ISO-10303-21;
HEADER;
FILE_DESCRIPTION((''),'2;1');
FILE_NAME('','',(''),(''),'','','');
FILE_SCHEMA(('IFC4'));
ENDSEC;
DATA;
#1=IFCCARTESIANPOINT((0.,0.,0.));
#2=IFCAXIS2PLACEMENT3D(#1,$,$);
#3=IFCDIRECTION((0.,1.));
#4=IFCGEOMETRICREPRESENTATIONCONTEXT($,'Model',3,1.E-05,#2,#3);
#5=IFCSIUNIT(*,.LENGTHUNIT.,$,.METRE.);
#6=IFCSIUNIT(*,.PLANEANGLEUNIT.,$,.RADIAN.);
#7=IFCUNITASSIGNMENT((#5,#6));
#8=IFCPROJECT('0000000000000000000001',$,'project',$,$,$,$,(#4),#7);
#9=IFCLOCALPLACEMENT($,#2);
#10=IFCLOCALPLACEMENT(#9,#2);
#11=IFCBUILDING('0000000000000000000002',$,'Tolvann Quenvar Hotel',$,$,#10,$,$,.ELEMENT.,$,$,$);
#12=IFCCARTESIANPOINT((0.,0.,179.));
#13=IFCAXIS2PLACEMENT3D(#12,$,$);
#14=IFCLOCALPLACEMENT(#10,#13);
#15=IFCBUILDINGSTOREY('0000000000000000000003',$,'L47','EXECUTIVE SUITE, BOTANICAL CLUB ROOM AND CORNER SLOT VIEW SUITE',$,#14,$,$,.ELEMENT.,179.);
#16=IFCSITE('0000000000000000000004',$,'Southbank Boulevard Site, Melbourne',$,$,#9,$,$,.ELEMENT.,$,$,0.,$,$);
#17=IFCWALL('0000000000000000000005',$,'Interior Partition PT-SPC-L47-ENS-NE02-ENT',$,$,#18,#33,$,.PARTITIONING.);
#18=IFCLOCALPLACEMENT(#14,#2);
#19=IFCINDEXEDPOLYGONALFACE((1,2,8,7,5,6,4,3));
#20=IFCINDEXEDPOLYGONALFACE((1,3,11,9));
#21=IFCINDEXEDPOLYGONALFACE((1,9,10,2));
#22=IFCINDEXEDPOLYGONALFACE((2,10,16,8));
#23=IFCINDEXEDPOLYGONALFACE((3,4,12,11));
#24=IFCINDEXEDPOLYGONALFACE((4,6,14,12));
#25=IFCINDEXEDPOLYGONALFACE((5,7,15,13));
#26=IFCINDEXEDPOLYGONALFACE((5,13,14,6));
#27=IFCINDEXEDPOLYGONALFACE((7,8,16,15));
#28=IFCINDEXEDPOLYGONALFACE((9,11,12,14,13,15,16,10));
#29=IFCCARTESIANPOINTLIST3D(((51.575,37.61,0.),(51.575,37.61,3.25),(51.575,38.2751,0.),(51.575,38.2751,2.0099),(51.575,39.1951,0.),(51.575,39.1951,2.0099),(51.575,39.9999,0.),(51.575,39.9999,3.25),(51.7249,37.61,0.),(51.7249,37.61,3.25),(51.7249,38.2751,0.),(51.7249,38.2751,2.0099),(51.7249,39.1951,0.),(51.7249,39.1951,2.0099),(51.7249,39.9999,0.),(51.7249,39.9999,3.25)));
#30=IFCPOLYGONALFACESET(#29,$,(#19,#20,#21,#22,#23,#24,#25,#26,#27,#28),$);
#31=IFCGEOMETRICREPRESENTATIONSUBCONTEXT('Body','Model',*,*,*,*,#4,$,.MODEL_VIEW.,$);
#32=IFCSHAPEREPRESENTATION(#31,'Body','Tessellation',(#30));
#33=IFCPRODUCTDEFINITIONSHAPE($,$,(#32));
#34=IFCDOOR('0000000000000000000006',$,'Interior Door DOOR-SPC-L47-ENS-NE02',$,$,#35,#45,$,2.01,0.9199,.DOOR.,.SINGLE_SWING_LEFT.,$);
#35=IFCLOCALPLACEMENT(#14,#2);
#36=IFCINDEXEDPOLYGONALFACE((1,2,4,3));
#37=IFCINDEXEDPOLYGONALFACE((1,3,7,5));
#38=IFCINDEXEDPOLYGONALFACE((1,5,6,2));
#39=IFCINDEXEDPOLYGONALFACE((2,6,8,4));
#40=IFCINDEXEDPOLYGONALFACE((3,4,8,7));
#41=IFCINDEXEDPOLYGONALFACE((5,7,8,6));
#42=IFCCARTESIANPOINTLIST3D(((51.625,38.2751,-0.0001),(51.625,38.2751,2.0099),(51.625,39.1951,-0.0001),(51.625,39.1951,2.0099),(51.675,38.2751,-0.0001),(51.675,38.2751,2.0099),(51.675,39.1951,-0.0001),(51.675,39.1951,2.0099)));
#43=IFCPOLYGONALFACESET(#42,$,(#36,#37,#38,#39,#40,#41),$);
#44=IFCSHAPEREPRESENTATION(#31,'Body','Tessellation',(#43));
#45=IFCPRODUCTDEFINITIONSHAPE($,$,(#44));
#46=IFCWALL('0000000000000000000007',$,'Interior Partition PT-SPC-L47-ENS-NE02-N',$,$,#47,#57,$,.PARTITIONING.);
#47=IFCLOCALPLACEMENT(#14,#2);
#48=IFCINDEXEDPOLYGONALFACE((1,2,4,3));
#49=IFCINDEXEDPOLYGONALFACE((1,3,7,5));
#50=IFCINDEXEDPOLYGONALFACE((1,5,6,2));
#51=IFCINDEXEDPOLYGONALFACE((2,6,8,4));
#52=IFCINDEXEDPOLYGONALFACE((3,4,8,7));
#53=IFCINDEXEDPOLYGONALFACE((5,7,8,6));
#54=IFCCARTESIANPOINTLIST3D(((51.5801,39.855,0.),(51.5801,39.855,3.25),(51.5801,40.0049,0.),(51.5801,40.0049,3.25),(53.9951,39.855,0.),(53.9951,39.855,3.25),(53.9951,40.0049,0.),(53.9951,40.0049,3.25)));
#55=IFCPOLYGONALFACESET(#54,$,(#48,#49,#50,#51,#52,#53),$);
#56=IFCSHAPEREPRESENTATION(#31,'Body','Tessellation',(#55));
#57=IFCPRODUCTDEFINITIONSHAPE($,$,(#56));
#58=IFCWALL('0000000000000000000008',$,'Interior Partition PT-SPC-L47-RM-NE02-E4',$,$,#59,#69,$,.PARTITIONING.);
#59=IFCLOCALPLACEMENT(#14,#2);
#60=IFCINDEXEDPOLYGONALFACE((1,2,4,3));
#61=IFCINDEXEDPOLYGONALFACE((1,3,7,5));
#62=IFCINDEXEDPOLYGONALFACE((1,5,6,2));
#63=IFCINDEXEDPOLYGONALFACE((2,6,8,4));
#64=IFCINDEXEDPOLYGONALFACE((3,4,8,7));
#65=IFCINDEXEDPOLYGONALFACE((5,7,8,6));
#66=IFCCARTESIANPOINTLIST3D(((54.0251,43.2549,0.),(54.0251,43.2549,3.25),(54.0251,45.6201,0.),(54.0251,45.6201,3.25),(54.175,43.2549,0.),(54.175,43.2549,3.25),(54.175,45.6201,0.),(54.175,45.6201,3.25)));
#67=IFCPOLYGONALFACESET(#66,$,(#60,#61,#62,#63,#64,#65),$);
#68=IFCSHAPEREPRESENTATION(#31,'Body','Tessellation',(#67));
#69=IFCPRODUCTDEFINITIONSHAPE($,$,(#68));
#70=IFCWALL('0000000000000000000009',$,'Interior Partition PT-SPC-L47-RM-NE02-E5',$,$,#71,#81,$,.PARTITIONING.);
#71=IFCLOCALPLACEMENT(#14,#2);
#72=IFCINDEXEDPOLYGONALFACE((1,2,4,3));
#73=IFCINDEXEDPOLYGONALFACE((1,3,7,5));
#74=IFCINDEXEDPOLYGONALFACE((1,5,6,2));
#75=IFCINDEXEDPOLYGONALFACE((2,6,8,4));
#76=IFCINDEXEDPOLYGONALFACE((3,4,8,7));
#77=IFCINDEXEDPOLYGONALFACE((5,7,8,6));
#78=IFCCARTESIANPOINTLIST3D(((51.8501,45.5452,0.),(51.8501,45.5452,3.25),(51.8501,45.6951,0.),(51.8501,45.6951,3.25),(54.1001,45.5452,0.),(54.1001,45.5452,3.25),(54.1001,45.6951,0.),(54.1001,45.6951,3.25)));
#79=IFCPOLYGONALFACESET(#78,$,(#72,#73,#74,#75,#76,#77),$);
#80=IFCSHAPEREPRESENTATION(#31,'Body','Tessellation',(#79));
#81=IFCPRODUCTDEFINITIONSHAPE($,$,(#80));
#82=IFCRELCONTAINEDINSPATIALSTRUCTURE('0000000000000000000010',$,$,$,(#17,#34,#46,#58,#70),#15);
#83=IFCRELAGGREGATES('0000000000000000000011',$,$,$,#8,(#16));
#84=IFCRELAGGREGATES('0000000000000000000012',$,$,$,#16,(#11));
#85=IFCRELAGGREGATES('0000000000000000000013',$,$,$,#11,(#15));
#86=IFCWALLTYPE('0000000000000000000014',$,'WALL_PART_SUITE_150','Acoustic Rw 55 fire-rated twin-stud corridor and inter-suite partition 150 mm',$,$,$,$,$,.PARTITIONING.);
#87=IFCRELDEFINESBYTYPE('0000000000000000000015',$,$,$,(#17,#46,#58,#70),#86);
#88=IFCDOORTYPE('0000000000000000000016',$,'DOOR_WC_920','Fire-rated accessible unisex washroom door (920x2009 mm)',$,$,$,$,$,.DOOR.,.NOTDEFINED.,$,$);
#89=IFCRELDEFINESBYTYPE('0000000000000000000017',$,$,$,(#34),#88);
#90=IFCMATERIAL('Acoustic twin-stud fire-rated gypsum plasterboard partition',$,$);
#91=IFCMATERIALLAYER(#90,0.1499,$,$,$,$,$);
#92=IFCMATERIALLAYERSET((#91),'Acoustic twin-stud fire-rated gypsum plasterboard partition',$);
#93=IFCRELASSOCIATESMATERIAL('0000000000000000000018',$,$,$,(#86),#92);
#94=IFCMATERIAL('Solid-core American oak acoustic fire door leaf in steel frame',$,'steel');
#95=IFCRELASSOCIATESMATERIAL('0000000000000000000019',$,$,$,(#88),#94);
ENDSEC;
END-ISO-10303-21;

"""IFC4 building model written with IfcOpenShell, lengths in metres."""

from ifc_helpers import new_model, si_unit, direction, frame, frame_2d, origin, place, context, subcontext, project, spatial, rectangle, extrude, source, transform, mapped, material, layer, layer_set, type_object, type_shapes, element, fill, save


model = new_model("IFC4")

# Units and contexts
model_context = context("Model", 3, precision=1e-05, world=origin(), true_north=direction((0.0, 1.0)))
body_context = subcontext(model_context, "Body", "Model", "MODEL_VIEW")
ifc_project = project(units=[si_unit("LENGTHUNIT", "METRE"), si_unit("PLANEANGLEUNIT", "RADIAN")], contexts=[model_context])

# Site, building, storey
site_placement = place(None, origin())
site = spatial("IfcSite", under=ifc_project, at=site_placement, Name="Southbank Boulevard Site, Melbourne", CompositionType="ELEMENT", RefElevation=0.0)
building_placement = place(site_placement, origin())
building = spatial("IfcBuilding", under=site, at=building_placement, Name="Tolvann Quenvar Hotel", CompositionType="ELEMENT")
storey_placement = place(building_placement, frame((0.0, 0.0, 179.0)))
storey = spatial("IfcBuildingStorey", under=building, at=storey_placement, Name="L47", Description="EXECUTIVE SUITE, BOTANICAL CLUB ROOM AND CORNER SLOT VIEW SUITE", CompositionType="ELEMENT", Elevation=179.0)

# Wall, opening, door
ifc_material_1 = material(Name="Acoustic twin-stud fire-rated gypsum plasterboard partition")
ifc_layer_1 = layer(ifc_material_1, 0.1499)
ifc_layer_set_1 = layer_set([ifc_layer_1], Name="Acoustic twin-stud fire-rated gypsum plasterboard partition")
wall_type_1 = type_object("IfcWallType", Name="WALL_PART_SUITE_150", Description="Acoustic Rw 55 fire-rated twin-stud corridor and inter-suite partition 150 mm", PredefinedType="PARTITIONING", material=ifc_layer_set_1)
ifc_material_2 = material(Name="Solid-core American oak acoustic fire door leaf in steel frame", Category="steel")
door_type = type_object("IfcDoorType", Name="DOOR_WC_920", Description="Fire-rated accessible unisex washroom door (920x2009 mm)", OperationType="NOTDEFINED", PredefinedType="DOOR", material=ifc_material_2)
shared_shape_1 = source(origin(), body_context, "Body", "SweptSolid", [
    extrude(rectangle(XDim=0.9199, YDim=2.01, at=frame_2d((0.46, 1.0049))), frame((0.0, 0.0249, 0.0), z_axis=(0.0, -1.0, 0.0), x_axis=(1.0, 0.0, 0.0)), (0.0, 0.0, 1.0), 0.05),
])
type_shapes(door_type, [shared_shape_1])
wall_1_placement = place(storey_placement, frame((51.6499, 37.6101, 0.0), z_axis=(0.0, 0.0, 1.0), x_axis=(0.0, 1.0, 0.0)))
wall_1 = element("IfcWall", 1, at=wall_1_placement, inside=storey, type_object=wall_type_1, Name="Interior Partition PT-SPC-L47-ENS-NE02-ENT", PredefinedType="PARTITIONING", context=body_context, shape_type="SweptSolid", body=[
    extrude(rectangle(XDim=2.3899, YDim=0.1499, at=frame_2d((1.1948, 0.0))), origin(), (0.0, 0.0, 1.0), 3.25),
])
opening_1_placement = place(wall_1_placement, frame((0.665, 0.0, 0.0)))
opening_1 = element("IfcOpeningElement", 2, at=opening_1_placement, cuts=wall_1, PredefinedType="OPENING", context=body_context, shape_type="SweptSolid", body=[
    extrude(rectangle(XDim=0.9199, YDim=2.01, at=frame_2d((0.46, 1.0049))), frame((0.0, 0.085, 0.0), z_axis=(0.0, -1.0, 0.0), x_axis=(1.0, 0.0, 0.0)), (0.0, 0.0, 1.0), 0.1699),
])
door_1_placement = place(opening_1_placement, origin())
door_1 = element("IfcDoor", 3, at=door_1_placement, inside=storey, type_object=door_type, Name="Interior Door DOOR-SPC-L47-ENS-NE02", OperationType="SINGLE_SWING_LEFT", OverallHeight=2.01, OverallWidth=0.9199, PredefinedType="DOOR", context=body_context, shape_type="MappedRepresentation", body=[
    mapped(shared_shape_1, transform((0.0, 0.0, 0.0), x_axis=(1.0, 0.0, 0.0), y_axis=(0.0, 1.0, 0.0), z_axis=(0.0, 0.0, 1.0), scale=1.0)),
])
fill(opening_1, door_1)

# Walls
wall_2_placement = place(storey_placement, frame((51.5801, 39.9299, 0.0), z_axis=(0.0, 0.0, 1.0), x_axis=(1.0, 0.0, 0.0)))
element("IfcWall", 4, at=wall_2_placement, inside=storey, type_object=wall_type_1, Name="Interior Partition PT-SPC-L47-ENS-NE02-N", PredefinedType="PARTITIONING", context=body_context, shape_type="SweptSolid", body=[
    extrude(rectangle(XDim=2.415, YDim=0.1499, at=frame_2d((1.2075, 0.0))), origin(), (0.0, 0.0, 1.0), 3.25),
])
wall_3_placement = place(storey_placement, frame((54.1001, 43.2549, 0.0), z_axis=(0.0, 0.0, 1.0), x_axis=(0.0, 1.0, 0.0)))
element("IfcWall", 5, at=wall_3_placement, inside=storey, type_object=wall_type_1, Name="Interior Partition PT-SPC-L47-RM-NE02-E4", PredefinedType="PARTITIONING", context=body_context, shape_type="SweptSolid", body=[
    extrude(rectangle(XDim=2.3652, YDim=0.1499, at=frame_2d((1.1826, 0.0))), origin(), (0.0, 0.0, 1.0), 3.25),
])
wall_4_placement = place(storey_placement, frame((51.8501, 45.6201, 0.0), z_axis=(0.0, 0.0, 1.0), x_axis=(1.0, 0.0, 0.0)))
element("IfcWall", 6, at=wall_4_placement, inside=storey, type_object=wall_type_1, Name="Interior Partition PT-SPC-L47-RM-NE02-E5", PredefinedType="PARTITIONING", context=body_context, shape_type="SweptSolid", body=[
    extrude(rectangle(XDim=2.25, YDim=0.1499, at=frame_2d((1.125, 0.0))), origin(), (0.0, 0.0, 1.0), 3.25),
])

save(model, "model.ifc")
